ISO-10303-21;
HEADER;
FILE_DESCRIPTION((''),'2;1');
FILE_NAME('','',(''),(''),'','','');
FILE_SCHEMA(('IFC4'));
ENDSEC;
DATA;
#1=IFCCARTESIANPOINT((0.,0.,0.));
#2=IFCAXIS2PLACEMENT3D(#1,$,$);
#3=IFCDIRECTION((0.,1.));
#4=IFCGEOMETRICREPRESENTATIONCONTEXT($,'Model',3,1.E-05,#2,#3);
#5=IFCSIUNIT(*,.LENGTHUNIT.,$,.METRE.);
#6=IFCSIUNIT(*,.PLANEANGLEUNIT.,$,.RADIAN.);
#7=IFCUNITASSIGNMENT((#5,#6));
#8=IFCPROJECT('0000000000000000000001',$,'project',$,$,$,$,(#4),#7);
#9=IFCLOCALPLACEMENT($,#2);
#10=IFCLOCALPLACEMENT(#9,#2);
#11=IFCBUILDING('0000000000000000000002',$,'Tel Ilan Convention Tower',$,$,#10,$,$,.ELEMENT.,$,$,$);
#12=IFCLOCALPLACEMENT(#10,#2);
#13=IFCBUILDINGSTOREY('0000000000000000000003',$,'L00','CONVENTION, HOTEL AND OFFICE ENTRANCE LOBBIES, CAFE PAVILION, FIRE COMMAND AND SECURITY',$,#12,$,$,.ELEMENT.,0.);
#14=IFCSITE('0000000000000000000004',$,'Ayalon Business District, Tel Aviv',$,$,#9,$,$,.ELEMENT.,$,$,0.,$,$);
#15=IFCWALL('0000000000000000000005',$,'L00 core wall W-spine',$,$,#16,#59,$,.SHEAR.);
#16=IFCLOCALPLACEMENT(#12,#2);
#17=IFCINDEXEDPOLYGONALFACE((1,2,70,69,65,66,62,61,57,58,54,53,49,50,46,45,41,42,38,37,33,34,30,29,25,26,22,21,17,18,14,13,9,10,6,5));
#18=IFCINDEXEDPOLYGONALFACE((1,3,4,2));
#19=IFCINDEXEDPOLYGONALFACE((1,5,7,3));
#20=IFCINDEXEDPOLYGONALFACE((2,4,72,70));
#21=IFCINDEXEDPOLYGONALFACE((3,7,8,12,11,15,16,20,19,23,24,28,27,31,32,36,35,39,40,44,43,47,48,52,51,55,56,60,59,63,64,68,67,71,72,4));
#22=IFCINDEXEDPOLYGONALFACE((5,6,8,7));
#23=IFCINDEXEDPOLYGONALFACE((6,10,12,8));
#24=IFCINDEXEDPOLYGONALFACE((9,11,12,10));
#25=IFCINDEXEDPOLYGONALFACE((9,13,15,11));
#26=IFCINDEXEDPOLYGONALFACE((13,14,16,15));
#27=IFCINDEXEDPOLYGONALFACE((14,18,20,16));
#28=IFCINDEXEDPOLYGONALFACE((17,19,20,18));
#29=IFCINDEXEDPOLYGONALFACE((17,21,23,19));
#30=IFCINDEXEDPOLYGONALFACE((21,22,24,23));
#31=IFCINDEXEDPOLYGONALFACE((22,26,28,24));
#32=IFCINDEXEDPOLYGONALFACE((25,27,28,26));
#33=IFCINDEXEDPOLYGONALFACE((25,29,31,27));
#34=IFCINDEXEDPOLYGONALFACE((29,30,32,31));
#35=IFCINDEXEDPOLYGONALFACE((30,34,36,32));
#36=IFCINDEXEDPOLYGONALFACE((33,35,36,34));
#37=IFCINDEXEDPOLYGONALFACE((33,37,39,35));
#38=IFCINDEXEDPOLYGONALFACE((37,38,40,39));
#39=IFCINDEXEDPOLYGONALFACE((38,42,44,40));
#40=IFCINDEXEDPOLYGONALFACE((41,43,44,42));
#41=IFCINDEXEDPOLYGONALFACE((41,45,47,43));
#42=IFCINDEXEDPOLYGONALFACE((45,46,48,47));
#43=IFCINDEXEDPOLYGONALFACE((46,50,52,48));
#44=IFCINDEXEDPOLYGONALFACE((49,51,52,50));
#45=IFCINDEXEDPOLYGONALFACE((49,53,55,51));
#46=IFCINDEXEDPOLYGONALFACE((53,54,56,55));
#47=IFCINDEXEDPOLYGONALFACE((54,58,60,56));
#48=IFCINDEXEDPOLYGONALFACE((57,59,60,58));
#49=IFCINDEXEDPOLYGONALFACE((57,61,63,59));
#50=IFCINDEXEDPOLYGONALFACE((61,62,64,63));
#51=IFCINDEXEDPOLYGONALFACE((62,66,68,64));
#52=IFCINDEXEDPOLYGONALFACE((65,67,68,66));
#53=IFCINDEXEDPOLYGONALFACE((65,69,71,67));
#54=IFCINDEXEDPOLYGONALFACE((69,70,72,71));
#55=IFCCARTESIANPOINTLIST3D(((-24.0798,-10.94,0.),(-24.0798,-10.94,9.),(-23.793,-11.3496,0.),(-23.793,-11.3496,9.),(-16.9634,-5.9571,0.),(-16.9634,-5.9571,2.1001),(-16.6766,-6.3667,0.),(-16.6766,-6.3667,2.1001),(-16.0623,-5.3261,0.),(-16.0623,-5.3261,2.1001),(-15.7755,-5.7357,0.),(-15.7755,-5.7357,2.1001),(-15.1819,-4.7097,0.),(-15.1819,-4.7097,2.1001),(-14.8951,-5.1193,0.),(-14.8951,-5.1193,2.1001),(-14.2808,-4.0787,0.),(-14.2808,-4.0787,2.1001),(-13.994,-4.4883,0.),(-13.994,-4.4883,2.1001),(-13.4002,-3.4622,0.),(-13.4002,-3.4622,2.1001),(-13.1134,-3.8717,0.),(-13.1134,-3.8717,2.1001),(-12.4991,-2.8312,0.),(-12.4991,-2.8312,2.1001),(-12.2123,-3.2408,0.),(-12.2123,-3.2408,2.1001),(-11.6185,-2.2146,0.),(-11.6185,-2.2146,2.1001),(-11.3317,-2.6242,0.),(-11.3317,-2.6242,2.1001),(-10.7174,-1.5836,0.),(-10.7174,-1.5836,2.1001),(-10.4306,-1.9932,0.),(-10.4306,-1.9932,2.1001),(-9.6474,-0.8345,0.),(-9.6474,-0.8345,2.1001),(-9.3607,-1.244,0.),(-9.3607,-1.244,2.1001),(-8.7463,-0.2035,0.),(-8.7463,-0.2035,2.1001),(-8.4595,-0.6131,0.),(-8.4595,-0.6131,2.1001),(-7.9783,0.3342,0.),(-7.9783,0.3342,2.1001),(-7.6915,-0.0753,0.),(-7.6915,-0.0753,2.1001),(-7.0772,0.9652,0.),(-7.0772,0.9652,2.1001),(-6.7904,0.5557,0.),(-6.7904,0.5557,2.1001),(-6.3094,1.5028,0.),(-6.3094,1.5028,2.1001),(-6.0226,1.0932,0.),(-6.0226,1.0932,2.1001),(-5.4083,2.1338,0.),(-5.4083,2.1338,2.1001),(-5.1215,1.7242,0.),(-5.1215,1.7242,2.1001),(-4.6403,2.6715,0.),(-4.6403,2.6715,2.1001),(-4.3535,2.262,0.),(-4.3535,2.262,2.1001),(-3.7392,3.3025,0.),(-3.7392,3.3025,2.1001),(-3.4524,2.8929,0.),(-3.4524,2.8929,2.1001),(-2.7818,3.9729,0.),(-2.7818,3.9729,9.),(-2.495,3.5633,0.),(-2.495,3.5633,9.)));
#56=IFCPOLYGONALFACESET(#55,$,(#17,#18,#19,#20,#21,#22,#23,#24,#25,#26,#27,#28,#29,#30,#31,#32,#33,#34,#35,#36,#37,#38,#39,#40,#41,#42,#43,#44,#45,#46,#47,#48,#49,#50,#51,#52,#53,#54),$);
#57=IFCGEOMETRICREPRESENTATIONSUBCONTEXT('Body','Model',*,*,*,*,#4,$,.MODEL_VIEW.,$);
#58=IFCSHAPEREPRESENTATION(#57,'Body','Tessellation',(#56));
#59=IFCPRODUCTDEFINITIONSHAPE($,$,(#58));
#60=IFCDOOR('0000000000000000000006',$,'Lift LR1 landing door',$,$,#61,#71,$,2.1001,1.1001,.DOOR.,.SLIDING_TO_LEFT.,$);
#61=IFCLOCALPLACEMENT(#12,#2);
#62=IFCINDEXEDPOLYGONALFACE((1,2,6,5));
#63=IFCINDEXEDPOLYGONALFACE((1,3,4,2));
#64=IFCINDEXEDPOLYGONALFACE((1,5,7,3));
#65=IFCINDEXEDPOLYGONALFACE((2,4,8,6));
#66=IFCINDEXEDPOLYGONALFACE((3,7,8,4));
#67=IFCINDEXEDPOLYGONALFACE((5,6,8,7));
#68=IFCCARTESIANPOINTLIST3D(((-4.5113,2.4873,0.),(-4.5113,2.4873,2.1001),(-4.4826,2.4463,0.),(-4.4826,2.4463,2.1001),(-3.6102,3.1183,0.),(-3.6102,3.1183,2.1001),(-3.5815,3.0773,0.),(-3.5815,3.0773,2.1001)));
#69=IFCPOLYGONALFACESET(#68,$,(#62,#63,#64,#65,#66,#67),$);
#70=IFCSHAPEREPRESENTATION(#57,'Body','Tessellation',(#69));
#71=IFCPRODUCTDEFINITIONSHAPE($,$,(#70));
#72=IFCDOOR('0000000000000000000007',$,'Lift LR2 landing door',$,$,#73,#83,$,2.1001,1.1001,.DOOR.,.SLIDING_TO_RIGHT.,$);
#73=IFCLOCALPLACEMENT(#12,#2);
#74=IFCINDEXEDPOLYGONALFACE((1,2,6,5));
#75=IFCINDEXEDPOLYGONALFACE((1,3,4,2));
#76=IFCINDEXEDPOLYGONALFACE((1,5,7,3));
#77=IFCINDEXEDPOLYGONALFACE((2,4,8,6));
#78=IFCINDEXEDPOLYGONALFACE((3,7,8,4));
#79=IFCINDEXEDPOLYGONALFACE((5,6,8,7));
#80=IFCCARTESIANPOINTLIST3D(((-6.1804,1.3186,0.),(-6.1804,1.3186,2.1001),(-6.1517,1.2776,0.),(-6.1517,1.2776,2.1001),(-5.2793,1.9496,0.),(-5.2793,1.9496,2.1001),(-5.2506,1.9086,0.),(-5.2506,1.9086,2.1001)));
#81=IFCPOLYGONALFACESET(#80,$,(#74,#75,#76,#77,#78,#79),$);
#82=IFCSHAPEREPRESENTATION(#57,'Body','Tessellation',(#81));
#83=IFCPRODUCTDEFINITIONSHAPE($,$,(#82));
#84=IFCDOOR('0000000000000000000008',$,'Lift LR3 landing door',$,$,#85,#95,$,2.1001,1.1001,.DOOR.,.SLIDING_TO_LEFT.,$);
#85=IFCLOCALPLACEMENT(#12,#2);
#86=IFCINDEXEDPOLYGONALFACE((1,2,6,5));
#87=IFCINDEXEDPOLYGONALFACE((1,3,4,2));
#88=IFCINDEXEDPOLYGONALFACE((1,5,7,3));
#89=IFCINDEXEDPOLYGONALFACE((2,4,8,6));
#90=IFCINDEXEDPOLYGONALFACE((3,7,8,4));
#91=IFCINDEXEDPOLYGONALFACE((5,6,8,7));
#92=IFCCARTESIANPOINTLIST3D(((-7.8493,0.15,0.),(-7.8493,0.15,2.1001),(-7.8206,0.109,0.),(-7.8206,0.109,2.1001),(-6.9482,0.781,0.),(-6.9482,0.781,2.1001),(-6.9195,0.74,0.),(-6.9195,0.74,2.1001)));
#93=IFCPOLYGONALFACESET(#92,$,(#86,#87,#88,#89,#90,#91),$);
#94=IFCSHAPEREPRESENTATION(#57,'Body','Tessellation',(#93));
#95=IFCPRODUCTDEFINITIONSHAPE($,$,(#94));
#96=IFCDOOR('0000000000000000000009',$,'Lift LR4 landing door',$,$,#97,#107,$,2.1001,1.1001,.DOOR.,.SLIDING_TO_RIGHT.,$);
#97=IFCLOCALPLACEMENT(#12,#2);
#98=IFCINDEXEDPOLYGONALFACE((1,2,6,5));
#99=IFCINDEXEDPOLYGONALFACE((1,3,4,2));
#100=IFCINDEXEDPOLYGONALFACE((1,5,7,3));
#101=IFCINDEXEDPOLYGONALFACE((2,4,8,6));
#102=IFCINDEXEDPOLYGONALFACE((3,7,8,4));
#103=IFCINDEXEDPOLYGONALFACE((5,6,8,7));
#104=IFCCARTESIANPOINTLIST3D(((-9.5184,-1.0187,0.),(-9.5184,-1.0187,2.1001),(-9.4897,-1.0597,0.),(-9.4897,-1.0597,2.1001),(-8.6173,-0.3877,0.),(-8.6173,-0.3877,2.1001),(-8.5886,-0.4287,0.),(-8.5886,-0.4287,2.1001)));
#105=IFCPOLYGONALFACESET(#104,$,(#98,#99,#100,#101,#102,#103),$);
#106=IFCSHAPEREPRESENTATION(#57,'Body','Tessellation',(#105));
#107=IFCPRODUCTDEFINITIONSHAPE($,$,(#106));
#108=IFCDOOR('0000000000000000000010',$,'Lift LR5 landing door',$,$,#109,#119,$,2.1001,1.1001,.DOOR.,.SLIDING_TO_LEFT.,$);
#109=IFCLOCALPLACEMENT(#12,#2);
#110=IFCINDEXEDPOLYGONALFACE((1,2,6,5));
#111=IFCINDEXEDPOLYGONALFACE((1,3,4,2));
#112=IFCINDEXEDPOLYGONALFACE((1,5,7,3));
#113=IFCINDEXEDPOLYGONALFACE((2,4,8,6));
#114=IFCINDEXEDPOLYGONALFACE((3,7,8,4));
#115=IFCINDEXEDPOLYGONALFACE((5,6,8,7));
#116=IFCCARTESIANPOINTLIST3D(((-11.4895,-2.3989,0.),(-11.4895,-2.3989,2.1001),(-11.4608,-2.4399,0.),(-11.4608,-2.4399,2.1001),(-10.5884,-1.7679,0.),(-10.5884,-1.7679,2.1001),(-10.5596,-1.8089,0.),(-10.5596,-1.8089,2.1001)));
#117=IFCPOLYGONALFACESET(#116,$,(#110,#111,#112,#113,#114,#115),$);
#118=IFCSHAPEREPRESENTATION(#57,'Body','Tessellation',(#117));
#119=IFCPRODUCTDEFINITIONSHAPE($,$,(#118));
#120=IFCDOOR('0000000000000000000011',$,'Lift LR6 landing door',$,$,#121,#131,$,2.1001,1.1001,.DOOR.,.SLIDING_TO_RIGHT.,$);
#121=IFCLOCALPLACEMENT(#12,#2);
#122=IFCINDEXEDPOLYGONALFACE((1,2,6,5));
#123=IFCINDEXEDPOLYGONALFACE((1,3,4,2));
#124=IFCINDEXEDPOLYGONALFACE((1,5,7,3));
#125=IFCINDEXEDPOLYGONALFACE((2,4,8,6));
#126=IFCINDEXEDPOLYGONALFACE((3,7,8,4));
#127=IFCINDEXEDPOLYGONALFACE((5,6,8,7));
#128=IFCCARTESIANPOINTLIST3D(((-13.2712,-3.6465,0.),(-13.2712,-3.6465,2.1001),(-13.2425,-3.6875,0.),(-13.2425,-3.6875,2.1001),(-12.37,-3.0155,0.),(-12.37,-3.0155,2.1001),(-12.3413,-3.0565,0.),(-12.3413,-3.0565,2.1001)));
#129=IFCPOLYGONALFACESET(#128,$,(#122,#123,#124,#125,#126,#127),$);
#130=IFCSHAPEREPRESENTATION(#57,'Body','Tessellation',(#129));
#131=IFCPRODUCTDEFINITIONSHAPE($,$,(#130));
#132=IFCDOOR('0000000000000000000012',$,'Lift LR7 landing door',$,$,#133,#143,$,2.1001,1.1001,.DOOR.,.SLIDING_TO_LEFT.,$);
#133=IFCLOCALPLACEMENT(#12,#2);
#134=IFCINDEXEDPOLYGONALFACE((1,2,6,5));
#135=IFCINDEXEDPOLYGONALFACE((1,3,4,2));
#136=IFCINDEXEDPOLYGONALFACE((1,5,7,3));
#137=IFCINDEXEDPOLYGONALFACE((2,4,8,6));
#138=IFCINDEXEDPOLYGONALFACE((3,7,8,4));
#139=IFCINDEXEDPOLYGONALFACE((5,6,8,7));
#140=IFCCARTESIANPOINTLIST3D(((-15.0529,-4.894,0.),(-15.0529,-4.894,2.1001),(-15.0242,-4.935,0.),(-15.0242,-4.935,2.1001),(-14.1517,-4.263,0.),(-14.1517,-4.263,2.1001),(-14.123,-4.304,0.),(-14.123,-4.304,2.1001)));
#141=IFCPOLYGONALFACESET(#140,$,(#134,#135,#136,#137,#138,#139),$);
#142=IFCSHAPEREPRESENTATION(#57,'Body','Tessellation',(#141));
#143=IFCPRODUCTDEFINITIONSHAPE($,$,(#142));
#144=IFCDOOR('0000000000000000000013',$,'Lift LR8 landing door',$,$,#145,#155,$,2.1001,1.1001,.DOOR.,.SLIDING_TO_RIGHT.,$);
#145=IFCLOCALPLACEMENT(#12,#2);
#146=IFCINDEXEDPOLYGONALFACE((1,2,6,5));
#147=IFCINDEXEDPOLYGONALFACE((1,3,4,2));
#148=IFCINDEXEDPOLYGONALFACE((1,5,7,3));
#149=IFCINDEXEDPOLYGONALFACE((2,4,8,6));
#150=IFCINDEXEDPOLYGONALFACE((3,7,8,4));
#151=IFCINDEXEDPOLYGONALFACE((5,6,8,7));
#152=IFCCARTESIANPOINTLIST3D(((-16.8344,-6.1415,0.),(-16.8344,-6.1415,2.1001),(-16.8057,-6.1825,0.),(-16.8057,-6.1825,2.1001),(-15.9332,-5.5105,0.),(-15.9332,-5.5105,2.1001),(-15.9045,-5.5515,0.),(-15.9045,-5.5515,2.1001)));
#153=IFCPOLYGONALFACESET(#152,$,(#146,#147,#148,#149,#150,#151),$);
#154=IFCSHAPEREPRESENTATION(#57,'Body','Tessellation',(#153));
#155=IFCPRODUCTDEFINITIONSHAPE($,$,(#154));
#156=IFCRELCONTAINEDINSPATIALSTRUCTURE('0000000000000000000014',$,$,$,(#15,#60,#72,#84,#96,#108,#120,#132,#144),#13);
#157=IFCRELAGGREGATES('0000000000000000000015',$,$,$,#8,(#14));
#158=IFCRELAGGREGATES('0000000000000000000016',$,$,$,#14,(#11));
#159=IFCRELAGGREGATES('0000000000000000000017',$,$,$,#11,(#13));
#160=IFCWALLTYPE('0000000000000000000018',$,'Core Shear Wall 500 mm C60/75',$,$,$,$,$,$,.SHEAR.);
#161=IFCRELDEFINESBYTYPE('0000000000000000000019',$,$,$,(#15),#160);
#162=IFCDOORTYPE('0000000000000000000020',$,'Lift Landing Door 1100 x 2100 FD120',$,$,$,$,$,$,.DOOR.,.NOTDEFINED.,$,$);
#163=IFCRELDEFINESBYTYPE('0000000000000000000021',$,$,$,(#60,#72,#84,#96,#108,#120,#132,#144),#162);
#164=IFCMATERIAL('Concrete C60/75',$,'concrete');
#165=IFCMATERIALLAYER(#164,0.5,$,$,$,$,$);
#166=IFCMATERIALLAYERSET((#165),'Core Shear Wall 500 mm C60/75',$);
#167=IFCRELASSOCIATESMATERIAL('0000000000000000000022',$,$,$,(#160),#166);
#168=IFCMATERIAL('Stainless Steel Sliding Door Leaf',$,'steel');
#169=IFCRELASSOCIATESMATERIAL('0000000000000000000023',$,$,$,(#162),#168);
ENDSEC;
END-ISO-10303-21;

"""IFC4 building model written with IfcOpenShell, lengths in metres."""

from ifc_helpers import new_model, si_unit, direction, frame, frame_2d, origin, place, context, subcontext, project, spatial, polyline, rectangle, outline, extrude, material, layer, layer_set, type_object, element, fill, save


model = new_model("IFC4")

# Units and contexts
model_context = context("Model", 3, precision=1e-05, world=origin(), true_north=direction((0.0, 1.0)))
body_context = subcontext(model_context, "Body", "Model", "MODEL_VIEW")
ifc_project = project(units=[si_unit("LENGTHUNIT", "METRE"), si_unit("PLANEANGLEUNIT", "RADIAN")], contexts=[model_context])

# Site, building, storey
site_placement = place(None, origin())
site = spatial("IfcSite", under=ifc_project, at=site_placement, Name="Ayalon Business District, Tel Aviv", CompositionType="ELEMENT", RefElevation=0.0)
building_placement = place(site_placement, origin())
building = spatial("IfcBuilding", under=site, at=building_placement, Name="Tel Ilan Convention Tower", CompositionType="ELEMENT")
storey_placement = place(building_placement, origin())
storey = spatial("IfcBuildingStorey", under=building, at=storey_placement, Name="L00", Description="CONVENTION, HOTEL AND OFFICE ENTRANCE LOBBIES, CAFE PAVILION, FIRE COMMAND AND SECURITY", CompositionType="ELEMENT", Elevation=0.0)

# Wall, openings, doors
ifc_material_1 = material(Name="Concrete C60/75", Category="concrete")
ifc_layer_1 = layer(ifc_material_1, 0.5)
ifc_layer_set_1 = layer_set([ifc_layer_1], Name="Core Shear Wall 500 mm C60/75")
wall_type_1 = type_object("IfcWallType", Name="Core Shear Wall 500 mm C60/75", PredefinedType="SHEAR", material=ifc_layer_set_1)
wall_1_placement = place(storey_placement, frame((-2.6384, 3.7681, 0.0), z_axis=(0.0, 0.0, 1.0), x_axis=(-0.819149, -0.573581, 0.0)))
wall_1 = element("IfcWall", 1, at=wall_1_placement, inside=storey, type_object=wall_type_1, Name="L00 core wall W-spine", PredefinedType="SHEAR", context=body_context, shape_type="SweptSolid", body=[
    extrude(outline(polyline([(26.0, 0.2498), (0.0, 0.25), (0.0, -0.25), (26.0, -0.2502), (26.0, 0.2498)])), origin(), (0.0, 0.0, 1.0), 9.0),
])
opening_1_placement = place(wall_1_placement, frame((1.1687, 0.0, 0.0)))
opening_1 = element("IfcOpeningElement", 2, at=opening_1_placement, cuts=wall_1, PredefinedType="OPENING", context=body_context, shape_type="SweptSolid", body=[
    extrude(rectangle(XDim=1.1001, YDim=2.1001, at=frame_2d((0.55, 1.05))), frame((0.0, 0.26, 0.0), z_axis=(0.0, -1.0, 0.0), x_axis=(1.0, 0.0, 0.0)), (0.0, 0.0, 1.0), 0.52),
])
opening_2_placement = place(wall_1_placement, frame((3.2063, 0.0, 0.0)))
opening_2 = element("IfcOpeningElement", 3, at=opening_2_placement, cuts=wall_1, PredefinedType="OPENING", context=body_context, shape_type="SweptSolid", body=[
    extrude(rectangle(XDim=1.1001, YDim=2.1001, at=frame_2d((0.55, 1.05))), frame((0.0, 0.26, 0.0), z_axis=(0.0, -1.0, 0.0), x_axis=(1.0, 0.0, 0.0)), (0.0, 0.0, 1.0), 0.52),
])
opening_3_placement = place(wall_1_placement, frame((5.2437, 0.0, 0.0)))
opening_3 = element("IfcOpeningElement", 4, at=opening_3_placement, cuts=wall_1, PredefinedType="OPENING", context=body_context, shape_type="SweptSolid", body=[
    extrude(rectangle(XDim=1.1001, YDim=2.1001, at=frame_2d((0.55, 1.05))), frame((0.0, 0.26, 0.0), z_axis=(0.0, -1.0, 0.0), x_axis=(1.0, 0.0, 0.0)), (0.0, 0.0, 1.0), 0.52),
])
opening_4_placement = place(wall_1_placement, frame((7.2812, 0.0, 0.0)))
opening_4 = element("IfcOpeningElement", 5, at=opening_4_placement, cuts=wall_1, PredefinedType="OPENING", context=body_context, shape_type="SweptSolid", body=[
    extrude(rectangle(XDim=1.1001, YDim=2.1001, at=frame_2d((0.55, 1.05))), frame((0.0, 0.26, 0.0), z_axis=(0.0, -1.0, 0.0), x_axis=(1.0, 0.0, 0.0)), (0.0, 0.0, 1.0), 0.52),
])
opening_5_placement = place(wall_1_placement, frame((9.6875, 0.0, 0.0)))
opening_5 = element("IfcOpeningElement", 6, at=opening_5_placement, cuts=wall_1, PredefinedType="OPENING", context=body_context, shape_type="SweptSolid", body=[
    extrude(rectangle(XDim=1.1001, YDim=2.1001, at=frame_2d((0.55, 1.05))), frame((0.0, 0.26, 0.0), z_axis=(0.0, -1.0, 0.0), x_axis=(1.0, 0.0, 0.0)), (0.0, 0.0, 1.0), 0.52),
])
opening_6_placement = place(wall_1_placement, frame((11.8625, 0.0, 0.0)))
opening_6 = element("IfcOpeningElement", 7, at=opening_6_placement, cuts=wall_1, PredefinedType="OPENING", context=body_context, shape_type="SweptSolid", body=[
    extrude(rectangle(XDim=1.1001, YDim=2.1001, at=frame_2d((0.55, 1.05))), frame((0.0, 0.26, 0.0), z_axis=(0.0, -1.0, 0.0), x_axis=(1.0, 0.0, 0.0)), (0.0, 0.0, 1.0), 0.52),
])
opening_7_placement = place(wall_1_placement, frame((14.0376, 0.0, 0.0)))
opening_7 = element("IfcOpeningElement", 8, at=opening_7_placement, cuts=wall_1, PredefinedType="OPENING", context=body_context, shape_type="SweptSolid", body=[
    extrude(rectangle(XDim=1.1001, YDim=2.1001, at=frame_2d((0.55, 1.05))), frame((0.0, 0.26, 0.0), z_axis=(0.0, -1.0, 0.0), x_axis=(1.0, 0.0, 0.0)), (0.0, 0.0, 1.0), 0.52),
])
opening_8_placement = place(wall_1_placement, frame((16.2124, 0.0, 0.0)))
opening_8 = element("IfcOpeningElement", 9, at=opening_8_placement, cuts=wall_1, PredefinedType="OPENING", context=body_context, shape_type="SweptSolid", body=[
    extrude(rectangle(XDim=1.1001, YDim=2.1001, at=frame_2d((0.55, 1.05))), frame((0.0, 0.26, 0.0), z_axis=(0.0, -1.0, 0.0), x_axis=(1.0, 0.0, 0.0)), (0.0, 0.0, 1.0), 0.52),
])
ifc_material_2 = material(Name="Stainless Steel Sliding Door Leaf", Category="steel")
door_type_1 = type_object("IfcDoorType", Name="Lift Landing Door 1100 x 2100 FD120", OperationType="NOTDEFINED", PredefinedType="DOOR", material=ifc_material_2)
door_1_placement = place(opening_1_placement, origin())
door_1 = element("IfcDoor", 10, at=door_1_placement, inside=storey, type_object=door_type_1, Name="Lift LR1 landing door", OperationType="SLIDING_TO_LEFT", OverallHeight=2.1001, OverallWidth=1.1001, PredefinedType="DOOR", context=body_context, shape_type="SweptSolid", body=[
    extrude(rectangle(XDim=1.1001, YDim=2.1001, at=frame_2d((0.55, 1.05))), frame((0.0, 0.0249, 0.0), z_axis=(0.0, -1.0, 0.0), x_axis=(1.0, 0.0, 0.0)), (0.0, 0.0, 1.0), 0.05),
])
fill(opening_1, door_1)
door_2_placement = place(opening_2_placement, origin())
door_2 = element("IfcDoor", 11, at=door_2_placement, inside=storey, type_object=door_type_1, Name="Lift LR2 landing door", OperationType="SLIDING_TO_RIGHT", OverallHeight=2.1001, OverallWidth=1.1001, PredefinedType="DOOR", context=body_context, shape_type="SweptSolid", body=[
    extrude(rectangle(XDim=1.1001, YDim=2.1001, at=frame_2d((0.55, 1.05))), frame((0.0, 0.0249, 0.0), z_axis=(0.0, -1.0, 0.0), x_axis=(1.0, 0.0, 0.0)), (0.0, 0.0, 1.0), 0.05),
])
fill(opening_2, door_2)
door_3_placement = place(opening_3_placement, origin())
door_3 = element("IfcDoor", 12, at=door_3_placement, inside=storey, type_object=door_type_1, Name="Lift LR3 landing door", OperationType="SLIDING_TO_LEFT", OverallHeight=2.1001, OverallWidth=1.1001, PredefinedType="DOOR", context=body_context, shape_type="SweptSolid", body=[
    extrude(rectangle(XDim=1.1001, YDim=2.1001, at=frame_2d((0.55, 1.05))), frame((0.0, 0.0249, 0.0), z_axis=(0.0, -1.0, 0.0), x_axis=(1.0, 0.0, 0.0)), (0.0, 0.0, 1.0), 0.05),
])
fill(opening_3, door_3)
door_4_placement = place(opening_4_placement, origin())
door_4 = element("IfcDoor", 13, at=door_4_placement, inside=storey, type_object=door_type_1, Name="Lift LR4 landing door", OperationType="SLIDING_TO_RIGHT", OverallHeight=2.1001, OverallWidth=1.1001, PredefinedType="DOOR", context=body_context, shape_type="SweptSolid", body=[
    extrude(rectangle(XDim=1.1001, YDim=2.1001, at=frame_2d((0.55, 1.05))), frame((0.0, 0.0249, 0.0), z_axis=(0.0, -1.0, 0.0), x_axis=(1.0, 0.0, 0.0)), (0.0, 0.0, 1.0), 0.05),
])
fill(opening_4, door_4)
door_5_placement = place(opening_5_placement, origin())
door_5 = element("IfcDoor", 14, at=door_5_placement, inside=storey, type_object=door_type_1, Name="Lift LR5 landing door", OperationType="SLIDING_TO_LEFT", OverallHeight=2.1001, OverallWidth=1.1001, PredefinedType="DOOR", context=body_context, shape_type="SweptSolid", body=[
    extrude(rectangle(XDim=1.1001, YDim=2.1001, at=frame_2d((0.55, 1.05))), frame((0.0, 0.0249, 0.0), z_axis=(0.0, -1.0, 0.0), x_axis=(1.0, 0.0, 0.0)), (0.0, 0.0, 1.0), 0.05),
])
fill(opening_5, door_5)
door_6_placement = place(opening_6_placement, origin())
door_6 = element("IfcDoor", 15, at=door_6_placement, inside=storey, type_object=door_type_1, Name="Lift LR6 landing door", OperationType="SLIDING_TO_RIGHT", OverallHeight=2.1001, OverallWidth=1.1001, PredefinedType="DOOR", context=body_context, shape_type="SweptSolid", body=[
    extrude(rectangle(XDim=1.1001, YDim=2.1001, at=frame_2d((0.55, 1.05))), frame((0.0, 0.0249, 0.0), z_axis=(0.0, -1.0, 0.0), x_axis=(1.0, 0.0, 0.0)), (0.0, 0.0, 1.0), 0.05),
])
fill(opening_6, door_6)
door_7_placement = place(opening_7_placement, origin())
door_7 = element("IfcDoor", 16, at=door_7_placement, inside=storey, type_object=door_type_1, Name="Lift LR7 landing door", OperationType="SLIDING_TO_LEFT", OverallHeight=2.1001, OverallWidth=1.1001, PredefinedType="DOOR", context=body_context, shape_type="SweptSolid", body=[
    extrude(rectangle(XDim=1.1001, YDim=2.1001, at=frame_2d((0.55, 1.05))), frame((0.0, 0.0249, 0.0), z_axis=(0.0, -1.0, 0.0), x_axis=(1.0, 0.0, 0.0)), (0.0, 0.0, 1.0), 0.05),
])
fill(opening_7, door_7)
door_8_placement = place(opening_8_placement, origin())
door_8 = element("IfcDoor", 17, at=door_8_placement, inside=storey, type_object=door_type_1, Name="Lift LR8 landing door", OperationType="SLIDING_TO_RIGHT", OverallHeight=2.1001, OverallWidth=1.1001, PredefinedType="DOOR", context=body_context, shape_type="SweptSolid", body=[
    extrude(rectangle(XDim=1.1001, YDim=2.1001, at=frame_2d((0.55, 1.05))), frame((0.0, 0.0249, 0.0), z_axis=(0.0, -1.0, 0.0), x_axis=(1.0, 0.0, 0.0)), (0.0, 0.0, 1.0), 0.05),
])
fill(opening_8, door_8)

save(model, "model.ifc")
